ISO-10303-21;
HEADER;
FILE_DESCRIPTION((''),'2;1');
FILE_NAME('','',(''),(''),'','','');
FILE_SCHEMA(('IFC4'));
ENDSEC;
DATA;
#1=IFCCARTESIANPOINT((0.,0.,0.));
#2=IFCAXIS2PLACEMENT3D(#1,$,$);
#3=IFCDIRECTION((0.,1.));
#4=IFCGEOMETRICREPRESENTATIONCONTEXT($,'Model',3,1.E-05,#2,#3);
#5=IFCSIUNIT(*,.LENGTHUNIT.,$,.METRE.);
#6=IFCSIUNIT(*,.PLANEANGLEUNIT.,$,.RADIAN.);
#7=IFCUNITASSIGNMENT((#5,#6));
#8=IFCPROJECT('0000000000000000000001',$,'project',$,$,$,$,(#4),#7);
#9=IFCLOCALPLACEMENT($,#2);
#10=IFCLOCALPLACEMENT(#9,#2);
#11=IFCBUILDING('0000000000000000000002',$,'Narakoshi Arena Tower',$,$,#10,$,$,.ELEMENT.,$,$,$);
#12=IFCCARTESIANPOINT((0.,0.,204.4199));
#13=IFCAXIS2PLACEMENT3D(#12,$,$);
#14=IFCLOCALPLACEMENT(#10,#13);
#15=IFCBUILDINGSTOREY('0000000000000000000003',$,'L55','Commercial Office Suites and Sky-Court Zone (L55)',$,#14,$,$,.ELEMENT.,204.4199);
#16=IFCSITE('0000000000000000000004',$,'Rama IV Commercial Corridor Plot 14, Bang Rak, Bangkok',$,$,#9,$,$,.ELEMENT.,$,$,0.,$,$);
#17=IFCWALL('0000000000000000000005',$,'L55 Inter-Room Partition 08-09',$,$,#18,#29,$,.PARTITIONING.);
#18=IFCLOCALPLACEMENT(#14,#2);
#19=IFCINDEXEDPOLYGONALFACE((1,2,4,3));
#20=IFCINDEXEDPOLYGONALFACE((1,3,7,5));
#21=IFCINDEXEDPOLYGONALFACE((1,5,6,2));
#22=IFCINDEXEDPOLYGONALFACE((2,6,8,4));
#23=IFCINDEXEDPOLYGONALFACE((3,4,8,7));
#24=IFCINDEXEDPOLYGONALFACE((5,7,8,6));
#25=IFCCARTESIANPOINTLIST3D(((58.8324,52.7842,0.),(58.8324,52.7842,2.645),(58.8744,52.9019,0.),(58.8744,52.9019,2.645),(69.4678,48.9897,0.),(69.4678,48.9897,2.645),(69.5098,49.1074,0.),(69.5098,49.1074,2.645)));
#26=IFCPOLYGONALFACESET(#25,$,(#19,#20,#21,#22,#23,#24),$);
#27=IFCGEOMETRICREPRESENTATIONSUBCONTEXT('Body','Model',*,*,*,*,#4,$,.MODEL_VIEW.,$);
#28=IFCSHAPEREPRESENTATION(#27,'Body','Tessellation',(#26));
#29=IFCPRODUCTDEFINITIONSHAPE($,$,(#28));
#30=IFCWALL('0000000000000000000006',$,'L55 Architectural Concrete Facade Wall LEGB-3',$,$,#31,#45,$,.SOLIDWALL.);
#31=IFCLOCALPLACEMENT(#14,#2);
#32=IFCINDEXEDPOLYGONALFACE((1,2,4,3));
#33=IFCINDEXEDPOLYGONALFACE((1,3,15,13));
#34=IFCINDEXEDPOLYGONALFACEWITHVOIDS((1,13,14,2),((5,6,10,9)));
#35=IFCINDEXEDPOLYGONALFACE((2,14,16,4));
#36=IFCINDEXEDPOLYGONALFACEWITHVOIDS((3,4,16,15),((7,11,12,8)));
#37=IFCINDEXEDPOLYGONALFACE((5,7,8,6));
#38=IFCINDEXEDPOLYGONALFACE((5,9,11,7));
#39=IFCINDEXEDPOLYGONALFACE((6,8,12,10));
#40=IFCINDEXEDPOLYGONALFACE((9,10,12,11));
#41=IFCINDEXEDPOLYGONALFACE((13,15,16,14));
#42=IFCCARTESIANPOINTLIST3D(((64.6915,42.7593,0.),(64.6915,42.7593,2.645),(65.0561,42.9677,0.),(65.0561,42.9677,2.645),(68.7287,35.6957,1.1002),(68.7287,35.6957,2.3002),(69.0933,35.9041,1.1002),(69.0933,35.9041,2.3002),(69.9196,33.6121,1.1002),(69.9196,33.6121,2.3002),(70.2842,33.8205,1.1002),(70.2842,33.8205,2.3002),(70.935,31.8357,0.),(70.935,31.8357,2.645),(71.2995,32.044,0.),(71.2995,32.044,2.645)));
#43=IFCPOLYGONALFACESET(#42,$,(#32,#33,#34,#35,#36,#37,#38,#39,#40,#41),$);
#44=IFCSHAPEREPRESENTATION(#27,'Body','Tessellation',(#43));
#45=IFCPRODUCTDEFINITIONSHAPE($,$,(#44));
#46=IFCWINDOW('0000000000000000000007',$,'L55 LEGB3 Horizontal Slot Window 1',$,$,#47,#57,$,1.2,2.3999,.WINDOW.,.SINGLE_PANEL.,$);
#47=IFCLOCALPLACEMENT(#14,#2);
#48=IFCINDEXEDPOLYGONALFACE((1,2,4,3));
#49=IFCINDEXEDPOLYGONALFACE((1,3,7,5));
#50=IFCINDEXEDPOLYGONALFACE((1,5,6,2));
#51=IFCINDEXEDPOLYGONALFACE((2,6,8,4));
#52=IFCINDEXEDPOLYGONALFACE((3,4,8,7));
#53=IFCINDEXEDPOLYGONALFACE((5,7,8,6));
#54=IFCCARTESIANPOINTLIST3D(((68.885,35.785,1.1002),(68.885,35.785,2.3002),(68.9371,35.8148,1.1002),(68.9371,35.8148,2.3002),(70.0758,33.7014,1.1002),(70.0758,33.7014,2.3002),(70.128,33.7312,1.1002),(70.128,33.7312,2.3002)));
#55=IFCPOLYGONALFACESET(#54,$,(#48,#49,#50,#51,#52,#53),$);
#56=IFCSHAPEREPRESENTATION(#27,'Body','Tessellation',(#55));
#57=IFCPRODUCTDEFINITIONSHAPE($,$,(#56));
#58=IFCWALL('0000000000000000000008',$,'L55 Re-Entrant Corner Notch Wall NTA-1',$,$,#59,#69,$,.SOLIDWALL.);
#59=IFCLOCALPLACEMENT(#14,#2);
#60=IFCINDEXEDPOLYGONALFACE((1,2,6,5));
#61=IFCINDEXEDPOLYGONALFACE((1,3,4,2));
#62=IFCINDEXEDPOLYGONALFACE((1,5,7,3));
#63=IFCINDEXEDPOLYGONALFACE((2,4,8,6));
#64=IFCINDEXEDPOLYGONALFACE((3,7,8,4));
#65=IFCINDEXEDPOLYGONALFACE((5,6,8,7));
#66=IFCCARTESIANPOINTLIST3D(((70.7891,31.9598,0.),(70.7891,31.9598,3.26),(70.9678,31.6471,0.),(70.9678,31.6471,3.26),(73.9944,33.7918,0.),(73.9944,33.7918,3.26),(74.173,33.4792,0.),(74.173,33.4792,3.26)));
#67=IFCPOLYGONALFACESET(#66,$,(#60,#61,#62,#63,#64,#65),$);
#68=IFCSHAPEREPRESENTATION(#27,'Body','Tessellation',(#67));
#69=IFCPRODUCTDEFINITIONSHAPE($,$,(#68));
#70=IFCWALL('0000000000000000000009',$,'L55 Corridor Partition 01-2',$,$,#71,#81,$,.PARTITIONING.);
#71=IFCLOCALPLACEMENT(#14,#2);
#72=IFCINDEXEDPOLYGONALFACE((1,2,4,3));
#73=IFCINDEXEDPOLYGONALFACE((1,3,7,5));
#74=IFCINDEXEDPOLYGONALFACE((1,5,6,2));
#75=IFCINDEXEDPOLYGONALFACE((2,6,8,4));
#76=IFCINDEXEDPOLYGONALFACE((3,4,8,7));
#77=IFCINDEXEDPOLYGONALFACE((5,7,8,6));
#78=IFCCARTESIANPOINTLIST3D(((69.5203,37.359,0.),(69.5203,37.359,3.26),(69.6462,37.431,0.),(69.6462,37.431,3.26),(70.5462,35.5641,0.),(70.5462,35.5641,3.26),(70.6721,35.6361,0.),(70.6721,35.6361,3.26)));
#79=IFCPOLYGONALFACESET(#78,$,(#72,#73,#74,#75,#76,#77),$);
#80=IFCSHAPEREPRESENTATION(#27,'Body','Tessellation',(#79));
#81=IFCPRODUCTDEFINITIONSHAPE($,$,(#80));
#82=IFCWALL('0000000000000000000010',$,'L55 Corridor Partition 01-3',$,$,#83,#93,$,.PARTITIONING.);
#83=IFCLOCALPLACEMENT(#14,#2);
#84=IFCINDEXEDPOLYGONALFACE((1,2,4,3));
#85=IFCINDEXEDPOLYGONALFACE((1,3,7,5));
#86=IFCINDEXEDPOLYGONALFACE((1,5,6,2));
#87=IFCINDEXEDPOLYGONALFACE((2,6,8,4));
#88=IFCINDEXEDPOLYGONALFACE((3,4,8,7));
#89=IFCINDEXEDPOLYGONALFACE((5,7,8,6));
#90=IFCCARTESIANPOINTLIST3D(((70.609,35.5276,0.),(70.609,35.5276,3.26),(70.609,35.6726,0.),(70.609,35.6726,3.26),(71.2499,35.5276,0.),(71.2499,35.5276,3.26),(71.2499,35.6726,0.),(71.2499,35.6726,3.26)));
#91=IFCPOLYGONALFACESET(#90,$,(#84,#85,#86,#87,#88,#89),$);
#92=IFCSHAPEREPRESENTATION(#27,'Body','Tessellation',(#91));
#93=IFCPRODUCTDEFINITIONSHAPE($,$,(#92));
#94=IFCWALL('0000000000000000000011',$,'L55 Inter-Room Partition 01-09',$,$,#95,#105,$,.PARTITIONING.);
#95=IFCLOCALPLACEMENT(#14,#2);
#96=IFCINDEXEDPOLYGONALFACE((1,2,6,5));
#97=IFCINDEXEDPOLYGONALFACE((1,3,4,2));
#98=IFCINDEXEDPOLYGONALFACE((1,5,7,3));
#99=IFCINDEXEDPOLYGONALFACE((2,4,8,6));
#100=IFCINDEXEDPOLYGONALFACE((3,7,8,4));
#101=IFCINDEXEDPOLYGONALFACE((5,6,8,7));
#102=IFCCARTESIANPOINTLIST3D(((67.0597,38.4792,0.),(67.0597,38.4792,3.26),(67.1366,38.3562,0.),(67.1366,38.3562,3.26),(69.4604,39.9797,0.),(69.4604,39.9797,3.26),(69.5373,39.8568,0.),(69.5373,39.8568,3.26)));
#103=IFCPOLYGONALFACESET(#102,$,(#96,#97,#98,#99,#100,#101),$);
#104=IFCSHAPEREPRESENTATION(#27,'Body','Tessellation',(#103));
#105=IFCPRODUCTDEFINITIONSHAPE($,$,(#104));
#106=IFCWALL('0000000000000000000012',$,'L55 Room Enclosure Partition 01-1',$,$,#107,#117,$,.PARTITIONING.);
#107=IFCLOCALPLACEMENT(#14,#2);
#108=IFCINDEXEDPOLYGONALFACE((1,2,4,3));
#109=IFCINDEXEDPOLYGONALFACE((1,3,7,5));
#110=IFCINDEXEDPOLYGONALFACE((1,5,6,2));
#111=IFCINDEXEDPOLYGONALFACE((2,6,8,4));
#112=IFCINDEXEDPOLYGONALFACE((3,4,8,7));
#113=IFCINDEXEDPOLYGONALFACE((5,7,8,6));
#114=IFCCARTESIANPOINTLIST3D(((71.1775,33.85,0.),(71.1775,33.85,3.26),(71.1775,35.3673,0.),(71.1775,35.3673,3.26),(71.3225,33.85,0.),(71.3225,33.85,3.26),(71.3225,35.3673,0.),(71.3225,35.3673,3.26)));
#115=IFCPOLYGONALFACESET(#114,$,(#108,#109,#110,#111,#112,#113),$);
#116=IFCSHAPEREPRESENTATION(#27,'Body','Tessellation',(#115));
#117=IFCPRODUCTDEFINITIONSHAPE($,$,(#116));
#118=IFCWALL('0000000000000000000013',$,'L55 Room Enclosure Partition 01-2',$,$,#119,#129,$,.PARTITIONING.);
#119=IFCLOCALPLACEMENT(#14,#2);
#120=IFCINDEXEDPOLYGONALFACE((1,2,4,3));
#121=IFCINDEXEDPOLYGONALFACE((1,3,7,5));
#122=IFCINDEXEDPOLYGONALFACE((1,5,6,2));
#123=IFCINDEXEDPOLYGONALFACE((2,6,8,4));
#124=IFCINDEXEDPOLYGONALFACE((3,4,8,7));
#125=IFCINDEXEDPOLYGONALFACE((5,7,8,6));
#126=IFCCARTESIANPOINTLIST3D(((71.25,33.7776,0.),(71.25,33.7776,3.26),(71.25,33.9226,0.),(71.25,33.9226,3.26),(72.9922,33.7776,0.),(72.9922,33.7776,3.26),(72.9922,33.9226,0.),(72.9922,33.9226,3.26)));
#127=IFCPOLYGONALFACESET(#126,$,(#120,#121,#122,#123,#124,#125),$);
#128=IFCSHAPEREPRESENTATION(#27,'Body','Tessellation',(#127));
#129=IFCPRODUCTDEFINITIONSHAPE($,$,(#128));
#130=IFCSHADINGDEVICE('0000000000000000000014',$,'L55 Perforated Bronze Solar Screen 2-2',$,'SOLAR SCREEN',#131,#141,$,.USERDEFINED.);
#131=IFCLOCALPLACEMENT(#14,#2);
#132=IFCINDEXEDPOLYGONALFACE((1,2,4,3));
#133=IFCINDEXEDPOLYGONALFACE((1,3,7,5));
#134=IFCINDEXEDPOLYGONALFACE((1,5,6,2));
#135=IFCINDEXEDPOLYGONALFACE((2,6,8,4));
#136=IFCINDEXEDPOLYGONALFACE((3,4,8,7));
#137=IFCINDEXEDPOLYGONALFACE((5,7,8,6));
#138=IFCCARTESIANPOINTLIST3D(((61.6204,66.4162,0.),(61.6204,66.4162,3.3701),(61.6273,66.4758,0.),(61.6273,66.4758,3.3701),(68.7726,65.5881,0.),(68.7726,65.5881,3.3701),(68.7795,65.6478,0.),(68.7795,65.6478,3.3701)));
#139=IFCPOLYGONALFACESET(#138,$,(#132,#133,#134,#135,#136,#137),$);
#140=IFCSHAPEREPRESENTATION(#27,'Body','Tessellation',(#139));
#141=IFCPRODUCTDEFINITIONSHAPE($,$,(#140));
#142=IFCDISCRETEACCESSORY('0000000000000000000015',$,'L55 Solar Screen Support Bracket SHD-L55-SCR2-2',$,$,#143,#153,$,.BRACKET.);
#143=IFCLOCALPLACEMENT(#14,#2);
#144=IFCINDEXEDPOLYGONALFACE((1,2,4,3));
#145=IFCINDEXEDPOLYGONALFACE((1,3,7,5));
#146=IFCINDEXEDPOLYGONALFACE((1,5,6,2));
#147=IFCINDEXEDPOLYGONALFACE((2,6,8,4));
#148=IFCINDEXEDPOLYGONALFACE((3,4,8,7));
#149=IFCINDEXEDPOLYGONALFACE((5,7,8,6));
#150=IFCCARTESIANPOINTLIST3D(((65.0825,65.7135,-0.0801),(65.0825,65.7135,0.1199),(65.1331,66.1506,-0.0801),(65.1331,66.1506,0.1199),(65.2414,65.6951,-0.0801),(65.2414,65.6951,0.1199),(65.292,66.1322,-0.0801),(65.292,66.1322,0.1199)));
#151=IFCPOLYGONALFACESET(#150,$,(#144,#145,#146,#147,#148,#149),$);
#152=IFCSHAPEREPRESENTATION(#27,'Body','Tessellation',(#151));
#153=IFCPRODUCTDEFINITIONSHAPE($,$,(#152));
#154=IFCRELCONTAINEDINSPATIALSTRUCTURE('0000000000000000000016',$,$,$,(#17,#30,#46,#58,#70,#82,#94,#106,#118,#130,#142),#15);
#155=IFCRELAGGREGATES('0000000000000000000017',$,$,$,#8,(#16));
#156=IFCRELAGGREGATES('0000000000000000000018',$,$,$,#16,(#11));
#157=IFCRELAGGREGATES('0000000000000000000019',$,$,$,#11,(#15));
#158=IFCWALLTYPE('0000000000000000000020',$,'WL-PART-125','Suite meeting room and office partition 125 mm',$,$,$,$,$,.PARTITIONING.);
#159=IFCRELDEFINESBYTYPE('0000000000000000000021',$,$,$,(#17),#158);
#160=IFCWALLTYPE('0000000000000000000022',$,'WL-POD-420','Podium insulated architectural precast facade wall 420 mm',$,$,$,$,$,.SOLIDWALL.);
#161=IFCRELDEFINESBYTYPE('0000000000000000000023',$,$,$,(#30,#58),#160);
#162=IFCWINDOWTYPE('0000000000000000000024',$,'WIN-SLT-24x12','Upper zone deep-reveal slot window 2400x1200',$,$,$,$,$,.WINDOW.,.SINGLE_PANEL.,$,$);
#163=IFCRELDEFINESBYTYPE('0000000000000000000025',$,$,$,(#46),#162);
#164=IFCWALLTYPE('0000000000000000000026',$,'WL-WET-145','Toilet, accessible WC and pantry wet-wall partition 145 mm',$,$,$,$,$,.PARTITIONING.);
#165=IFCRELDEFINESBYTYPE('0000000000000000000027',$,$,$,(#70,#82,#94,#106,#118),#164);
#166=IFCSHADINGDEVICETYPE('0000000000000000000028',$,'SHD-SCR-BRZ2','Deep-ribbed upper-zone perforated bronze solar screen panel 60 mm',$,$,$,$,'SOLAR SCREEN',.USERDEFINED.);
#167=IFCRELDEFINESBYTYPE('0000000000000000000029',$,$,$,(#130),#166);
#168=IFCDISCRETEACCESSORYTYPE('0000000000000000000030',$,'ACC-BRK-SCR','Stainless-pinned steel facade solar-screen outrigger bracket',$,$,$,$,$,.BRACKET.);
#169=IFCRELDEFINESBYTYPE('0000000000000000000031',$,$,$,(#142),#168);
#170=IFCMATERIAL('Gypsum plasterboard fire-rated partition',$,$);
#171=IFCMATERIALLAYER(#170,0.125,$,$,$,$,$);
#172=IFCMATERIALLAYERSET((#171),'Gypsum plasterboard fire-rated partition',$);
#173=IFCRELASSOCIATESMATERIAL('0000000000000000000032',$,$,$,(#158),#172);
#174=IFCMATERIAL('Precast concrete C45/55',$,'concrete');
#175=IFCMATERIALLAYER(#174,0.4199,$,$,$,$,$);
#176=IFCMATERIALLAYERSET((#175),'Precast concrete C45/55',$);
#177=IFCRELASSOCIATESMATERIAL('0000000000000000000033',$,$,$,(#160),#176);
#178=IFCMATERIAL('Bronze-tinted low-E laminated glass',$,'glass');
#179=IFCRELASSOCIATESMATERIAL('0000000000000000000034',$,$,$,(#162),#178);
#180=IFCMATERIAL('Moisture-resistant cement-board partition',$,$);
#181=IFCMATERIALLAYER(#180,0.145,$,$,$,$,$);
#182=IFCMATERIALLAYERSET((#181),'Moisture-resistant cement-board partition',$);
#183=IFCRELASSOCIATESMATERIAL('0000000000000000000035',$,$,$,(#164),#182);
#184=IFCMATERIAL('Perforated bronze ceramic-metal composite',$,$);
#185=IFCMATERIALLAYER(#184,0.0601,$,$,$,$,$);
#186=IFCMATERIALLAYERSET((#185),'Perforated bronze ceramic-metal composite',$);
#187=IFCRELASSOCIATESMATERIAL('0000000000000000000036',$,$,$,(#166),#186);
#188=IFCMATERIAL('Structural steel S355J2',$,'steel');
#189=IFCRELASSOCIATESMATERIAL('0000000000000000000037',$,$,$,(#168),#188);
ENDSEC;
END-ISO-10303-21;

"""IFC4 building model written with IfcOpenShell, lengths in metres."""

from ifc_helpers import new_model, si_unit, direction, frame, frame_2d, origin, origin_2d, place, context, subcontext, project, spatial, rectangle, extrude, material, layer, layer_set, type_object, element, fill, save


model = new_model("IFC4")

# Units and contexts
model_context = context("Model", 3, precision=1e-05, world=origin(), true_north=direction((0.0, 1.0)))
body_context = subcontext(model_context, "Body", "Model", "MODEL_VIEW")
ifc_project = project(units=[si_unit("LENGTHUNIT", "METRE"), si_unit("PLANEANGLEUNIT", "RADIAN")], contexts=[model_context])

# Site, building, storey
site_placement = place(None, origin())
site = spatial("IfcSite", under=ifc_project, at=site_placement, Name="Rama IV Commercial Corridor Plot 14, Bang Rak, Bangkok", CompositionType="ELEMENT", RefElevation=0.0)
building_placement = place(site_placement, origin())
building = spatial("IfcBuilding", under=site, at=building_placement, Name="Narakoshi Arena Tower", CompositionType="ELEMENT")
storey_placement = place(building_placement, frame((0.0, 0.0, 204.4199)))
storey = spatial("IfcBuildingStorey", under=building, at=storey_placement, Name="L55", Description="Commercial Office Suites and Sky-Court Zone (L55)", CompositionType="ELEMENT", Elevation=204.4199)

# Shared definitions
ifc_material_1 = material(Name="Structural steel S355J2", Category="steel")

# Shared definitions
ifc_material_2 = material(Name="Bronze-tinted low-E laminated glass", Category="glass")

# Shared definitions
ifc_material_3 = material(Name="Gypsum plasterboard fire-rated partition")

# Wall
ifc_layer_1 = layer(ifc_material_3, 0.125)
ifc_layer_set_1 = layer_set([ifc_layer_1], Name="Gypsum plasterboard fire-rated partition")
wall_type_1 = type_object("IfcWallType", Name="WL-PART-125", Description="Suite meeting room and office partition 125 mm", PredefinedType="PARTITIONING", material=ifc_layer_set_1)
wall_1_placement = place(storey_placement, frame((69.4888, 49.0486, 0.0), z_axis=(0.0, 0.0, 1.0), x_axis=(-0.94185, 0.336032, 0.0)))
element("IfcWall", 1, at=wall_1_placement, inside=storey, type_object=wall_type_1, Name="L55 Inter-Room Partition 08-09", PredefinedType="PARTITIONING", context=body_context, shape_type="SweptSolid", body=[
    extrude(rectangle(XDim=11.292, YDim=0.125, at=frame_2d((5.646, 0.0))), origin(), (0.0, 0.0, 1.0), 2.645),
])

# Wall, opening, window
ifc_material_4 = material(Name="Precast concrete C45/55", Category="concrete")
ifc_layer_2 = layer(ifc_material_4, 0.4199)
ifc_layer_set_2 = layer_set([ifc_layer_2], Name="Precast concrete C45/55")
wall_type_2 = type_object("IfcWallType", Name="WL-POD-420", Description="Podium insulated architectural precast facade wall 420 mm", PredefinedType="SOLIDWALL", material=ifc_layer_set_2)
wall_2_placement = place(storey_placement, frame((64.8738, 42.8635, 0.0), z_axis=(0.0, 0.0, 1.0), x_axis=(0.49622, -0.868197, 0.0)))
wall_2 = element("IfcWall", 2, at=wall_2_placement, inside=storey, type_object=wall_type_2, Name="L55 Architectural Concrete Facade Wall LEGB-3", PredefinedType="SOLIDWALL", context=body_context, shape_type="SweptSolid", body=[
    extrude(rectangle(XDim=12.582, YDim=0.4199, at=frame_2d((6.291, 0.0))), origin(), (0.0, 0.0, 1.0), 2.645),
])
opening_1_placement = place(wall_2_placement, frame((8.136, 0.0, 1.1001)))
opening_1 = element("IfcOpeningElement", 3, at=opening_1_placement, cuts=wall_2, PredefinedType="OPENING", context=body_context, shape_type="SweptSolid", body=[
    extrude(rectangle(XDim=2.3999, YDim=1.2, at=frame_2d((1.2, 0.6001))), frame((0.0, 0.22, 0.0), z_axis=(0.0, -1.0, 0.0), x_axis=(1.0, 0.0, 0.0)), (0.0, 0.0, 1.0), 0.4399),
])
window_type = type_object("IfcWindowType", Name="WIN-SLT-24x12", Description="Upper zone deep-reveal slot window 2400x1200", PartitioningType="SINGLE_PANEL", PredefinedType="WINDOW", material=ifc_material_2)
window_placement = place(opening_1_placement, origin())
window = element("IfcWindow", 4, at=window_placement, inside=storey, type_object=window_type, Name="L55 LEGB3 Horizontal Slot Window 1", OverallHeight=1.2, OverallWidth=2.3999, PartitioningType="SINGLE_PANEL", PredefinedType="WINDOW", context=body_context, shape_type="SweptSolid", body=[
    extrude(rectangle(XDim=2.3999, YDim=1.2, at=frame_2d((1.2, 0.6001))), frame((0.0, 0.03, 0.0), z_axis=(0.0, -1.0, 0.0), x_axis=(1.0, 0.0, 0.0)), (0.0, 0.0, 1.0), 0.0601),
])
fill(opening_1, window)

# Wall
wall_3_placement = place(storey_placement, frame((70.8784, 31.8035, 0.0), z_axis=(0.0, 0.0, 1.0), x_axis=(0.868194, 0.496224, 0.0)))
element("IfcWall", 5, at=wall_3_placement, inside=storey, type_object=wall_type_2, Name="L55 Re-Entrant Corner Notch Wall NTA-1", PredefinedType="SOLIDWALL", context=body_context, shape_type="SweptSolid", body=[
    extrude(rectangle(XDim=3.6919, YDim=0.3601, at=frame_2d((1.8459, 0.0))), origin(), (0.0, 0.0, 1.0), 3.26),
])

# Shared definitions
ifc_material_5 = material(Name="Moisture-resistant cement-board partition")
ifc_layer_3 = layer(ifc_material_5, 0.145)
ifc_layer_set_3 = layer_set([ifc_layer_3], Name="Moisture-resistant cement-board partition")
wall_type_3 = type_object("IfcWallType", Name="WL-WET-145", Description="Toilet, accessible WC and pantry wet-wall partition 145 mm", PredefinedType="PARTITIONING", material=ifc_layer_set_3)

# Walls
wall_4_placement = place(storey_placement, frame((69.5833, 37.395, 0.0), z_axis=(0.0, 0.0, 1.0), x_axis=(0.496215, -0.8682, 0.0)))
element("IfcWall", 6, at=wall_4_placement, inside=storey, type_object=wall_type_3, Name="L55 Corridor Partition 01-2", PredefinedType="PARTITIONING", context=body_context, shape_type="SweptSolid", body=[
    extrude(rectangle(XDim=2.0674, YDim=0.145, at=frame_2d((1.0337, 0.0))), origin(), (0.0, 0.0, 1.0), 3.26),
])
wall_5_placement = place(storey_placement, frame((70.6091, 35.6001, 0.0), z_axis=(0.0, 0.0, 1.0), x_axis=(1.0, 0.0, 0.0)))
element("IfcWall", 7, at=wall_5_placement, inside=storey, type_object=wall_type_3, Name="L55 Corridor Partition 01-3", PredefinedType="PARTITIONING", context=body_context, shape_type="SweptSolid", body=[
    extrude(rectangle(XDim=0.6409, YDim=0.145, at=frame_2d((0.3203, 0.0))), origin(), (0.0, 0.0, 1.0), 3.26),
])
wall_6_placement = place(storey_placement, frame((67.0981, 38.4177, 0.0), z_axis=(0.0, 0.0, 1.0), x_axis=(0.847984, 0.530022, 0.0)))
element("IfcWall", 8, at=wall_6_placement, inside=storey, type_object=wall_type_3, Name="L55 Inter-Room Partition 01-09", PredefinedType="PARTITIONING", context=body_context, shape_type="SweptSolid", body=[
    extrude(rectangle(XDim=2.8311, YDim=0.145, at=frame_2d((1.4155, 0.0))), origin(), (0.0, 0.0, 1.0), 3.26),
])
wall_7_placement = place(storey_placement, frame((71.25, 35.3674, 0.0), z_axis=(0.0, 0.0, 1.0), x_axis=(0.0, -1.0, 0.0)))
element("IfcWall", 9, at=wall_7_placement, inside=storey, type_object=wall_type_3, Name="L55 Room Enclosure Partition 01-1", PredefinedType="PARTITIONING", context=body_context, shape_type="SweptSolid", body=[
    extrude(rectangle(XDim=1.5173, YDim=0.145, at=frame_2d((0.7588, 0.0))), origin(), (0.0, 0.0, 1.0), 3.26),
])
wall_8_placement = place(storey_placement, frame((71.25, 33.8501, 0.0), z_axis=(0.0, 0.0, 1.0), x_axis=(1.0, 0.0, 0.0)))
element("IfcWall", 10, at=wall_8_placement, inside=storey, type_object=wall_type_3, Name="L55 Room Enclosure Partition 01-2", PredefinedType="PARTITIONING", context=body_context, shape_type="SweptSolid", body=[
    extrude(rectangle(XDim=1.7422, YDim=0.145, at=frame_2d((0.8711, 0.0))), origin(), (0.0, 0.0, 1.0), 3.26),
])

# Shading device
ifc_material_6 = material(Name="Perforated bronze ceramic-metal composite")
ifc_layer_4 = layer(ifc_material_6, 0.0601)
ifc_layer_set_4 = layer_set([ifc_layer_4], Name="Perforated bronze ceramic-metal composite")
shading_device_type = type_object("IfcShadingDeviceType", Name="SHD-SCR-BRZ2", Description="Deep-ribbed upper-zone perforated bronze solar screen panel 60 mm", ElementType="SOLAR SCREEN", PredefinedType="USERDEFINED", material=ifc_layer_set_4)
shading_device_placement = place(storey_placement, frame((65.2, 66.032, 0.0), z_axis=(0.0, 0.0, 1.0), x_axis=(-0.993365, 0.115007, 0.0)))
element("IfcShadingDevice", 11, at=shading_device_placement, inside=storey, type_object=shading_device_type, Name="L55 Perforated Bronze Solar Screen 2-2", ObjectType="SOLAR SCREEN", PredefinedType="USERDEFINED", context=body_context, shape_type="SweptSolid", body=[
    extrude(rectangle(XDim=7.2, YDim=0.0601, at=origin_2d()), origin(), (0.0, 0.0, 1.0), 3.3701),
])

# Discrete accessory
discrete_accessory_type = type_object("IfcDiscreteAccessoryType", Name="ACC-BRK-SCR", Description="Stainless-pinned steel facade solar-screen outrigger bracket", PredefinedType="BRACKET", material=ifc_material_1)
discrete_accessory_placement = place(storey_placement, frame((65.1873, 65.9229, -0.0801), z_axis=(0.0, 0.0, 1.0), x_axis=(-0.993365, 0.115007, 0.0)))
element("IfcDiscreteAccessory", 12, at=discrete_accessory_placement, inside=storey, type_object=discrete_accessory_type, Name="L55 Solar Screen Support Bracket SHD-L55-SCR2-2", PredefinedType="BRACKET", context=body_context, shape_type="SweptSolid", body=[
    extrude(rectangle(XDim=0.1599, YDim=0.4399, at=origin_2d()), origin(), (0.0, 0.0, 1.0), 0.2),
])

save(model, "model.ifc")
